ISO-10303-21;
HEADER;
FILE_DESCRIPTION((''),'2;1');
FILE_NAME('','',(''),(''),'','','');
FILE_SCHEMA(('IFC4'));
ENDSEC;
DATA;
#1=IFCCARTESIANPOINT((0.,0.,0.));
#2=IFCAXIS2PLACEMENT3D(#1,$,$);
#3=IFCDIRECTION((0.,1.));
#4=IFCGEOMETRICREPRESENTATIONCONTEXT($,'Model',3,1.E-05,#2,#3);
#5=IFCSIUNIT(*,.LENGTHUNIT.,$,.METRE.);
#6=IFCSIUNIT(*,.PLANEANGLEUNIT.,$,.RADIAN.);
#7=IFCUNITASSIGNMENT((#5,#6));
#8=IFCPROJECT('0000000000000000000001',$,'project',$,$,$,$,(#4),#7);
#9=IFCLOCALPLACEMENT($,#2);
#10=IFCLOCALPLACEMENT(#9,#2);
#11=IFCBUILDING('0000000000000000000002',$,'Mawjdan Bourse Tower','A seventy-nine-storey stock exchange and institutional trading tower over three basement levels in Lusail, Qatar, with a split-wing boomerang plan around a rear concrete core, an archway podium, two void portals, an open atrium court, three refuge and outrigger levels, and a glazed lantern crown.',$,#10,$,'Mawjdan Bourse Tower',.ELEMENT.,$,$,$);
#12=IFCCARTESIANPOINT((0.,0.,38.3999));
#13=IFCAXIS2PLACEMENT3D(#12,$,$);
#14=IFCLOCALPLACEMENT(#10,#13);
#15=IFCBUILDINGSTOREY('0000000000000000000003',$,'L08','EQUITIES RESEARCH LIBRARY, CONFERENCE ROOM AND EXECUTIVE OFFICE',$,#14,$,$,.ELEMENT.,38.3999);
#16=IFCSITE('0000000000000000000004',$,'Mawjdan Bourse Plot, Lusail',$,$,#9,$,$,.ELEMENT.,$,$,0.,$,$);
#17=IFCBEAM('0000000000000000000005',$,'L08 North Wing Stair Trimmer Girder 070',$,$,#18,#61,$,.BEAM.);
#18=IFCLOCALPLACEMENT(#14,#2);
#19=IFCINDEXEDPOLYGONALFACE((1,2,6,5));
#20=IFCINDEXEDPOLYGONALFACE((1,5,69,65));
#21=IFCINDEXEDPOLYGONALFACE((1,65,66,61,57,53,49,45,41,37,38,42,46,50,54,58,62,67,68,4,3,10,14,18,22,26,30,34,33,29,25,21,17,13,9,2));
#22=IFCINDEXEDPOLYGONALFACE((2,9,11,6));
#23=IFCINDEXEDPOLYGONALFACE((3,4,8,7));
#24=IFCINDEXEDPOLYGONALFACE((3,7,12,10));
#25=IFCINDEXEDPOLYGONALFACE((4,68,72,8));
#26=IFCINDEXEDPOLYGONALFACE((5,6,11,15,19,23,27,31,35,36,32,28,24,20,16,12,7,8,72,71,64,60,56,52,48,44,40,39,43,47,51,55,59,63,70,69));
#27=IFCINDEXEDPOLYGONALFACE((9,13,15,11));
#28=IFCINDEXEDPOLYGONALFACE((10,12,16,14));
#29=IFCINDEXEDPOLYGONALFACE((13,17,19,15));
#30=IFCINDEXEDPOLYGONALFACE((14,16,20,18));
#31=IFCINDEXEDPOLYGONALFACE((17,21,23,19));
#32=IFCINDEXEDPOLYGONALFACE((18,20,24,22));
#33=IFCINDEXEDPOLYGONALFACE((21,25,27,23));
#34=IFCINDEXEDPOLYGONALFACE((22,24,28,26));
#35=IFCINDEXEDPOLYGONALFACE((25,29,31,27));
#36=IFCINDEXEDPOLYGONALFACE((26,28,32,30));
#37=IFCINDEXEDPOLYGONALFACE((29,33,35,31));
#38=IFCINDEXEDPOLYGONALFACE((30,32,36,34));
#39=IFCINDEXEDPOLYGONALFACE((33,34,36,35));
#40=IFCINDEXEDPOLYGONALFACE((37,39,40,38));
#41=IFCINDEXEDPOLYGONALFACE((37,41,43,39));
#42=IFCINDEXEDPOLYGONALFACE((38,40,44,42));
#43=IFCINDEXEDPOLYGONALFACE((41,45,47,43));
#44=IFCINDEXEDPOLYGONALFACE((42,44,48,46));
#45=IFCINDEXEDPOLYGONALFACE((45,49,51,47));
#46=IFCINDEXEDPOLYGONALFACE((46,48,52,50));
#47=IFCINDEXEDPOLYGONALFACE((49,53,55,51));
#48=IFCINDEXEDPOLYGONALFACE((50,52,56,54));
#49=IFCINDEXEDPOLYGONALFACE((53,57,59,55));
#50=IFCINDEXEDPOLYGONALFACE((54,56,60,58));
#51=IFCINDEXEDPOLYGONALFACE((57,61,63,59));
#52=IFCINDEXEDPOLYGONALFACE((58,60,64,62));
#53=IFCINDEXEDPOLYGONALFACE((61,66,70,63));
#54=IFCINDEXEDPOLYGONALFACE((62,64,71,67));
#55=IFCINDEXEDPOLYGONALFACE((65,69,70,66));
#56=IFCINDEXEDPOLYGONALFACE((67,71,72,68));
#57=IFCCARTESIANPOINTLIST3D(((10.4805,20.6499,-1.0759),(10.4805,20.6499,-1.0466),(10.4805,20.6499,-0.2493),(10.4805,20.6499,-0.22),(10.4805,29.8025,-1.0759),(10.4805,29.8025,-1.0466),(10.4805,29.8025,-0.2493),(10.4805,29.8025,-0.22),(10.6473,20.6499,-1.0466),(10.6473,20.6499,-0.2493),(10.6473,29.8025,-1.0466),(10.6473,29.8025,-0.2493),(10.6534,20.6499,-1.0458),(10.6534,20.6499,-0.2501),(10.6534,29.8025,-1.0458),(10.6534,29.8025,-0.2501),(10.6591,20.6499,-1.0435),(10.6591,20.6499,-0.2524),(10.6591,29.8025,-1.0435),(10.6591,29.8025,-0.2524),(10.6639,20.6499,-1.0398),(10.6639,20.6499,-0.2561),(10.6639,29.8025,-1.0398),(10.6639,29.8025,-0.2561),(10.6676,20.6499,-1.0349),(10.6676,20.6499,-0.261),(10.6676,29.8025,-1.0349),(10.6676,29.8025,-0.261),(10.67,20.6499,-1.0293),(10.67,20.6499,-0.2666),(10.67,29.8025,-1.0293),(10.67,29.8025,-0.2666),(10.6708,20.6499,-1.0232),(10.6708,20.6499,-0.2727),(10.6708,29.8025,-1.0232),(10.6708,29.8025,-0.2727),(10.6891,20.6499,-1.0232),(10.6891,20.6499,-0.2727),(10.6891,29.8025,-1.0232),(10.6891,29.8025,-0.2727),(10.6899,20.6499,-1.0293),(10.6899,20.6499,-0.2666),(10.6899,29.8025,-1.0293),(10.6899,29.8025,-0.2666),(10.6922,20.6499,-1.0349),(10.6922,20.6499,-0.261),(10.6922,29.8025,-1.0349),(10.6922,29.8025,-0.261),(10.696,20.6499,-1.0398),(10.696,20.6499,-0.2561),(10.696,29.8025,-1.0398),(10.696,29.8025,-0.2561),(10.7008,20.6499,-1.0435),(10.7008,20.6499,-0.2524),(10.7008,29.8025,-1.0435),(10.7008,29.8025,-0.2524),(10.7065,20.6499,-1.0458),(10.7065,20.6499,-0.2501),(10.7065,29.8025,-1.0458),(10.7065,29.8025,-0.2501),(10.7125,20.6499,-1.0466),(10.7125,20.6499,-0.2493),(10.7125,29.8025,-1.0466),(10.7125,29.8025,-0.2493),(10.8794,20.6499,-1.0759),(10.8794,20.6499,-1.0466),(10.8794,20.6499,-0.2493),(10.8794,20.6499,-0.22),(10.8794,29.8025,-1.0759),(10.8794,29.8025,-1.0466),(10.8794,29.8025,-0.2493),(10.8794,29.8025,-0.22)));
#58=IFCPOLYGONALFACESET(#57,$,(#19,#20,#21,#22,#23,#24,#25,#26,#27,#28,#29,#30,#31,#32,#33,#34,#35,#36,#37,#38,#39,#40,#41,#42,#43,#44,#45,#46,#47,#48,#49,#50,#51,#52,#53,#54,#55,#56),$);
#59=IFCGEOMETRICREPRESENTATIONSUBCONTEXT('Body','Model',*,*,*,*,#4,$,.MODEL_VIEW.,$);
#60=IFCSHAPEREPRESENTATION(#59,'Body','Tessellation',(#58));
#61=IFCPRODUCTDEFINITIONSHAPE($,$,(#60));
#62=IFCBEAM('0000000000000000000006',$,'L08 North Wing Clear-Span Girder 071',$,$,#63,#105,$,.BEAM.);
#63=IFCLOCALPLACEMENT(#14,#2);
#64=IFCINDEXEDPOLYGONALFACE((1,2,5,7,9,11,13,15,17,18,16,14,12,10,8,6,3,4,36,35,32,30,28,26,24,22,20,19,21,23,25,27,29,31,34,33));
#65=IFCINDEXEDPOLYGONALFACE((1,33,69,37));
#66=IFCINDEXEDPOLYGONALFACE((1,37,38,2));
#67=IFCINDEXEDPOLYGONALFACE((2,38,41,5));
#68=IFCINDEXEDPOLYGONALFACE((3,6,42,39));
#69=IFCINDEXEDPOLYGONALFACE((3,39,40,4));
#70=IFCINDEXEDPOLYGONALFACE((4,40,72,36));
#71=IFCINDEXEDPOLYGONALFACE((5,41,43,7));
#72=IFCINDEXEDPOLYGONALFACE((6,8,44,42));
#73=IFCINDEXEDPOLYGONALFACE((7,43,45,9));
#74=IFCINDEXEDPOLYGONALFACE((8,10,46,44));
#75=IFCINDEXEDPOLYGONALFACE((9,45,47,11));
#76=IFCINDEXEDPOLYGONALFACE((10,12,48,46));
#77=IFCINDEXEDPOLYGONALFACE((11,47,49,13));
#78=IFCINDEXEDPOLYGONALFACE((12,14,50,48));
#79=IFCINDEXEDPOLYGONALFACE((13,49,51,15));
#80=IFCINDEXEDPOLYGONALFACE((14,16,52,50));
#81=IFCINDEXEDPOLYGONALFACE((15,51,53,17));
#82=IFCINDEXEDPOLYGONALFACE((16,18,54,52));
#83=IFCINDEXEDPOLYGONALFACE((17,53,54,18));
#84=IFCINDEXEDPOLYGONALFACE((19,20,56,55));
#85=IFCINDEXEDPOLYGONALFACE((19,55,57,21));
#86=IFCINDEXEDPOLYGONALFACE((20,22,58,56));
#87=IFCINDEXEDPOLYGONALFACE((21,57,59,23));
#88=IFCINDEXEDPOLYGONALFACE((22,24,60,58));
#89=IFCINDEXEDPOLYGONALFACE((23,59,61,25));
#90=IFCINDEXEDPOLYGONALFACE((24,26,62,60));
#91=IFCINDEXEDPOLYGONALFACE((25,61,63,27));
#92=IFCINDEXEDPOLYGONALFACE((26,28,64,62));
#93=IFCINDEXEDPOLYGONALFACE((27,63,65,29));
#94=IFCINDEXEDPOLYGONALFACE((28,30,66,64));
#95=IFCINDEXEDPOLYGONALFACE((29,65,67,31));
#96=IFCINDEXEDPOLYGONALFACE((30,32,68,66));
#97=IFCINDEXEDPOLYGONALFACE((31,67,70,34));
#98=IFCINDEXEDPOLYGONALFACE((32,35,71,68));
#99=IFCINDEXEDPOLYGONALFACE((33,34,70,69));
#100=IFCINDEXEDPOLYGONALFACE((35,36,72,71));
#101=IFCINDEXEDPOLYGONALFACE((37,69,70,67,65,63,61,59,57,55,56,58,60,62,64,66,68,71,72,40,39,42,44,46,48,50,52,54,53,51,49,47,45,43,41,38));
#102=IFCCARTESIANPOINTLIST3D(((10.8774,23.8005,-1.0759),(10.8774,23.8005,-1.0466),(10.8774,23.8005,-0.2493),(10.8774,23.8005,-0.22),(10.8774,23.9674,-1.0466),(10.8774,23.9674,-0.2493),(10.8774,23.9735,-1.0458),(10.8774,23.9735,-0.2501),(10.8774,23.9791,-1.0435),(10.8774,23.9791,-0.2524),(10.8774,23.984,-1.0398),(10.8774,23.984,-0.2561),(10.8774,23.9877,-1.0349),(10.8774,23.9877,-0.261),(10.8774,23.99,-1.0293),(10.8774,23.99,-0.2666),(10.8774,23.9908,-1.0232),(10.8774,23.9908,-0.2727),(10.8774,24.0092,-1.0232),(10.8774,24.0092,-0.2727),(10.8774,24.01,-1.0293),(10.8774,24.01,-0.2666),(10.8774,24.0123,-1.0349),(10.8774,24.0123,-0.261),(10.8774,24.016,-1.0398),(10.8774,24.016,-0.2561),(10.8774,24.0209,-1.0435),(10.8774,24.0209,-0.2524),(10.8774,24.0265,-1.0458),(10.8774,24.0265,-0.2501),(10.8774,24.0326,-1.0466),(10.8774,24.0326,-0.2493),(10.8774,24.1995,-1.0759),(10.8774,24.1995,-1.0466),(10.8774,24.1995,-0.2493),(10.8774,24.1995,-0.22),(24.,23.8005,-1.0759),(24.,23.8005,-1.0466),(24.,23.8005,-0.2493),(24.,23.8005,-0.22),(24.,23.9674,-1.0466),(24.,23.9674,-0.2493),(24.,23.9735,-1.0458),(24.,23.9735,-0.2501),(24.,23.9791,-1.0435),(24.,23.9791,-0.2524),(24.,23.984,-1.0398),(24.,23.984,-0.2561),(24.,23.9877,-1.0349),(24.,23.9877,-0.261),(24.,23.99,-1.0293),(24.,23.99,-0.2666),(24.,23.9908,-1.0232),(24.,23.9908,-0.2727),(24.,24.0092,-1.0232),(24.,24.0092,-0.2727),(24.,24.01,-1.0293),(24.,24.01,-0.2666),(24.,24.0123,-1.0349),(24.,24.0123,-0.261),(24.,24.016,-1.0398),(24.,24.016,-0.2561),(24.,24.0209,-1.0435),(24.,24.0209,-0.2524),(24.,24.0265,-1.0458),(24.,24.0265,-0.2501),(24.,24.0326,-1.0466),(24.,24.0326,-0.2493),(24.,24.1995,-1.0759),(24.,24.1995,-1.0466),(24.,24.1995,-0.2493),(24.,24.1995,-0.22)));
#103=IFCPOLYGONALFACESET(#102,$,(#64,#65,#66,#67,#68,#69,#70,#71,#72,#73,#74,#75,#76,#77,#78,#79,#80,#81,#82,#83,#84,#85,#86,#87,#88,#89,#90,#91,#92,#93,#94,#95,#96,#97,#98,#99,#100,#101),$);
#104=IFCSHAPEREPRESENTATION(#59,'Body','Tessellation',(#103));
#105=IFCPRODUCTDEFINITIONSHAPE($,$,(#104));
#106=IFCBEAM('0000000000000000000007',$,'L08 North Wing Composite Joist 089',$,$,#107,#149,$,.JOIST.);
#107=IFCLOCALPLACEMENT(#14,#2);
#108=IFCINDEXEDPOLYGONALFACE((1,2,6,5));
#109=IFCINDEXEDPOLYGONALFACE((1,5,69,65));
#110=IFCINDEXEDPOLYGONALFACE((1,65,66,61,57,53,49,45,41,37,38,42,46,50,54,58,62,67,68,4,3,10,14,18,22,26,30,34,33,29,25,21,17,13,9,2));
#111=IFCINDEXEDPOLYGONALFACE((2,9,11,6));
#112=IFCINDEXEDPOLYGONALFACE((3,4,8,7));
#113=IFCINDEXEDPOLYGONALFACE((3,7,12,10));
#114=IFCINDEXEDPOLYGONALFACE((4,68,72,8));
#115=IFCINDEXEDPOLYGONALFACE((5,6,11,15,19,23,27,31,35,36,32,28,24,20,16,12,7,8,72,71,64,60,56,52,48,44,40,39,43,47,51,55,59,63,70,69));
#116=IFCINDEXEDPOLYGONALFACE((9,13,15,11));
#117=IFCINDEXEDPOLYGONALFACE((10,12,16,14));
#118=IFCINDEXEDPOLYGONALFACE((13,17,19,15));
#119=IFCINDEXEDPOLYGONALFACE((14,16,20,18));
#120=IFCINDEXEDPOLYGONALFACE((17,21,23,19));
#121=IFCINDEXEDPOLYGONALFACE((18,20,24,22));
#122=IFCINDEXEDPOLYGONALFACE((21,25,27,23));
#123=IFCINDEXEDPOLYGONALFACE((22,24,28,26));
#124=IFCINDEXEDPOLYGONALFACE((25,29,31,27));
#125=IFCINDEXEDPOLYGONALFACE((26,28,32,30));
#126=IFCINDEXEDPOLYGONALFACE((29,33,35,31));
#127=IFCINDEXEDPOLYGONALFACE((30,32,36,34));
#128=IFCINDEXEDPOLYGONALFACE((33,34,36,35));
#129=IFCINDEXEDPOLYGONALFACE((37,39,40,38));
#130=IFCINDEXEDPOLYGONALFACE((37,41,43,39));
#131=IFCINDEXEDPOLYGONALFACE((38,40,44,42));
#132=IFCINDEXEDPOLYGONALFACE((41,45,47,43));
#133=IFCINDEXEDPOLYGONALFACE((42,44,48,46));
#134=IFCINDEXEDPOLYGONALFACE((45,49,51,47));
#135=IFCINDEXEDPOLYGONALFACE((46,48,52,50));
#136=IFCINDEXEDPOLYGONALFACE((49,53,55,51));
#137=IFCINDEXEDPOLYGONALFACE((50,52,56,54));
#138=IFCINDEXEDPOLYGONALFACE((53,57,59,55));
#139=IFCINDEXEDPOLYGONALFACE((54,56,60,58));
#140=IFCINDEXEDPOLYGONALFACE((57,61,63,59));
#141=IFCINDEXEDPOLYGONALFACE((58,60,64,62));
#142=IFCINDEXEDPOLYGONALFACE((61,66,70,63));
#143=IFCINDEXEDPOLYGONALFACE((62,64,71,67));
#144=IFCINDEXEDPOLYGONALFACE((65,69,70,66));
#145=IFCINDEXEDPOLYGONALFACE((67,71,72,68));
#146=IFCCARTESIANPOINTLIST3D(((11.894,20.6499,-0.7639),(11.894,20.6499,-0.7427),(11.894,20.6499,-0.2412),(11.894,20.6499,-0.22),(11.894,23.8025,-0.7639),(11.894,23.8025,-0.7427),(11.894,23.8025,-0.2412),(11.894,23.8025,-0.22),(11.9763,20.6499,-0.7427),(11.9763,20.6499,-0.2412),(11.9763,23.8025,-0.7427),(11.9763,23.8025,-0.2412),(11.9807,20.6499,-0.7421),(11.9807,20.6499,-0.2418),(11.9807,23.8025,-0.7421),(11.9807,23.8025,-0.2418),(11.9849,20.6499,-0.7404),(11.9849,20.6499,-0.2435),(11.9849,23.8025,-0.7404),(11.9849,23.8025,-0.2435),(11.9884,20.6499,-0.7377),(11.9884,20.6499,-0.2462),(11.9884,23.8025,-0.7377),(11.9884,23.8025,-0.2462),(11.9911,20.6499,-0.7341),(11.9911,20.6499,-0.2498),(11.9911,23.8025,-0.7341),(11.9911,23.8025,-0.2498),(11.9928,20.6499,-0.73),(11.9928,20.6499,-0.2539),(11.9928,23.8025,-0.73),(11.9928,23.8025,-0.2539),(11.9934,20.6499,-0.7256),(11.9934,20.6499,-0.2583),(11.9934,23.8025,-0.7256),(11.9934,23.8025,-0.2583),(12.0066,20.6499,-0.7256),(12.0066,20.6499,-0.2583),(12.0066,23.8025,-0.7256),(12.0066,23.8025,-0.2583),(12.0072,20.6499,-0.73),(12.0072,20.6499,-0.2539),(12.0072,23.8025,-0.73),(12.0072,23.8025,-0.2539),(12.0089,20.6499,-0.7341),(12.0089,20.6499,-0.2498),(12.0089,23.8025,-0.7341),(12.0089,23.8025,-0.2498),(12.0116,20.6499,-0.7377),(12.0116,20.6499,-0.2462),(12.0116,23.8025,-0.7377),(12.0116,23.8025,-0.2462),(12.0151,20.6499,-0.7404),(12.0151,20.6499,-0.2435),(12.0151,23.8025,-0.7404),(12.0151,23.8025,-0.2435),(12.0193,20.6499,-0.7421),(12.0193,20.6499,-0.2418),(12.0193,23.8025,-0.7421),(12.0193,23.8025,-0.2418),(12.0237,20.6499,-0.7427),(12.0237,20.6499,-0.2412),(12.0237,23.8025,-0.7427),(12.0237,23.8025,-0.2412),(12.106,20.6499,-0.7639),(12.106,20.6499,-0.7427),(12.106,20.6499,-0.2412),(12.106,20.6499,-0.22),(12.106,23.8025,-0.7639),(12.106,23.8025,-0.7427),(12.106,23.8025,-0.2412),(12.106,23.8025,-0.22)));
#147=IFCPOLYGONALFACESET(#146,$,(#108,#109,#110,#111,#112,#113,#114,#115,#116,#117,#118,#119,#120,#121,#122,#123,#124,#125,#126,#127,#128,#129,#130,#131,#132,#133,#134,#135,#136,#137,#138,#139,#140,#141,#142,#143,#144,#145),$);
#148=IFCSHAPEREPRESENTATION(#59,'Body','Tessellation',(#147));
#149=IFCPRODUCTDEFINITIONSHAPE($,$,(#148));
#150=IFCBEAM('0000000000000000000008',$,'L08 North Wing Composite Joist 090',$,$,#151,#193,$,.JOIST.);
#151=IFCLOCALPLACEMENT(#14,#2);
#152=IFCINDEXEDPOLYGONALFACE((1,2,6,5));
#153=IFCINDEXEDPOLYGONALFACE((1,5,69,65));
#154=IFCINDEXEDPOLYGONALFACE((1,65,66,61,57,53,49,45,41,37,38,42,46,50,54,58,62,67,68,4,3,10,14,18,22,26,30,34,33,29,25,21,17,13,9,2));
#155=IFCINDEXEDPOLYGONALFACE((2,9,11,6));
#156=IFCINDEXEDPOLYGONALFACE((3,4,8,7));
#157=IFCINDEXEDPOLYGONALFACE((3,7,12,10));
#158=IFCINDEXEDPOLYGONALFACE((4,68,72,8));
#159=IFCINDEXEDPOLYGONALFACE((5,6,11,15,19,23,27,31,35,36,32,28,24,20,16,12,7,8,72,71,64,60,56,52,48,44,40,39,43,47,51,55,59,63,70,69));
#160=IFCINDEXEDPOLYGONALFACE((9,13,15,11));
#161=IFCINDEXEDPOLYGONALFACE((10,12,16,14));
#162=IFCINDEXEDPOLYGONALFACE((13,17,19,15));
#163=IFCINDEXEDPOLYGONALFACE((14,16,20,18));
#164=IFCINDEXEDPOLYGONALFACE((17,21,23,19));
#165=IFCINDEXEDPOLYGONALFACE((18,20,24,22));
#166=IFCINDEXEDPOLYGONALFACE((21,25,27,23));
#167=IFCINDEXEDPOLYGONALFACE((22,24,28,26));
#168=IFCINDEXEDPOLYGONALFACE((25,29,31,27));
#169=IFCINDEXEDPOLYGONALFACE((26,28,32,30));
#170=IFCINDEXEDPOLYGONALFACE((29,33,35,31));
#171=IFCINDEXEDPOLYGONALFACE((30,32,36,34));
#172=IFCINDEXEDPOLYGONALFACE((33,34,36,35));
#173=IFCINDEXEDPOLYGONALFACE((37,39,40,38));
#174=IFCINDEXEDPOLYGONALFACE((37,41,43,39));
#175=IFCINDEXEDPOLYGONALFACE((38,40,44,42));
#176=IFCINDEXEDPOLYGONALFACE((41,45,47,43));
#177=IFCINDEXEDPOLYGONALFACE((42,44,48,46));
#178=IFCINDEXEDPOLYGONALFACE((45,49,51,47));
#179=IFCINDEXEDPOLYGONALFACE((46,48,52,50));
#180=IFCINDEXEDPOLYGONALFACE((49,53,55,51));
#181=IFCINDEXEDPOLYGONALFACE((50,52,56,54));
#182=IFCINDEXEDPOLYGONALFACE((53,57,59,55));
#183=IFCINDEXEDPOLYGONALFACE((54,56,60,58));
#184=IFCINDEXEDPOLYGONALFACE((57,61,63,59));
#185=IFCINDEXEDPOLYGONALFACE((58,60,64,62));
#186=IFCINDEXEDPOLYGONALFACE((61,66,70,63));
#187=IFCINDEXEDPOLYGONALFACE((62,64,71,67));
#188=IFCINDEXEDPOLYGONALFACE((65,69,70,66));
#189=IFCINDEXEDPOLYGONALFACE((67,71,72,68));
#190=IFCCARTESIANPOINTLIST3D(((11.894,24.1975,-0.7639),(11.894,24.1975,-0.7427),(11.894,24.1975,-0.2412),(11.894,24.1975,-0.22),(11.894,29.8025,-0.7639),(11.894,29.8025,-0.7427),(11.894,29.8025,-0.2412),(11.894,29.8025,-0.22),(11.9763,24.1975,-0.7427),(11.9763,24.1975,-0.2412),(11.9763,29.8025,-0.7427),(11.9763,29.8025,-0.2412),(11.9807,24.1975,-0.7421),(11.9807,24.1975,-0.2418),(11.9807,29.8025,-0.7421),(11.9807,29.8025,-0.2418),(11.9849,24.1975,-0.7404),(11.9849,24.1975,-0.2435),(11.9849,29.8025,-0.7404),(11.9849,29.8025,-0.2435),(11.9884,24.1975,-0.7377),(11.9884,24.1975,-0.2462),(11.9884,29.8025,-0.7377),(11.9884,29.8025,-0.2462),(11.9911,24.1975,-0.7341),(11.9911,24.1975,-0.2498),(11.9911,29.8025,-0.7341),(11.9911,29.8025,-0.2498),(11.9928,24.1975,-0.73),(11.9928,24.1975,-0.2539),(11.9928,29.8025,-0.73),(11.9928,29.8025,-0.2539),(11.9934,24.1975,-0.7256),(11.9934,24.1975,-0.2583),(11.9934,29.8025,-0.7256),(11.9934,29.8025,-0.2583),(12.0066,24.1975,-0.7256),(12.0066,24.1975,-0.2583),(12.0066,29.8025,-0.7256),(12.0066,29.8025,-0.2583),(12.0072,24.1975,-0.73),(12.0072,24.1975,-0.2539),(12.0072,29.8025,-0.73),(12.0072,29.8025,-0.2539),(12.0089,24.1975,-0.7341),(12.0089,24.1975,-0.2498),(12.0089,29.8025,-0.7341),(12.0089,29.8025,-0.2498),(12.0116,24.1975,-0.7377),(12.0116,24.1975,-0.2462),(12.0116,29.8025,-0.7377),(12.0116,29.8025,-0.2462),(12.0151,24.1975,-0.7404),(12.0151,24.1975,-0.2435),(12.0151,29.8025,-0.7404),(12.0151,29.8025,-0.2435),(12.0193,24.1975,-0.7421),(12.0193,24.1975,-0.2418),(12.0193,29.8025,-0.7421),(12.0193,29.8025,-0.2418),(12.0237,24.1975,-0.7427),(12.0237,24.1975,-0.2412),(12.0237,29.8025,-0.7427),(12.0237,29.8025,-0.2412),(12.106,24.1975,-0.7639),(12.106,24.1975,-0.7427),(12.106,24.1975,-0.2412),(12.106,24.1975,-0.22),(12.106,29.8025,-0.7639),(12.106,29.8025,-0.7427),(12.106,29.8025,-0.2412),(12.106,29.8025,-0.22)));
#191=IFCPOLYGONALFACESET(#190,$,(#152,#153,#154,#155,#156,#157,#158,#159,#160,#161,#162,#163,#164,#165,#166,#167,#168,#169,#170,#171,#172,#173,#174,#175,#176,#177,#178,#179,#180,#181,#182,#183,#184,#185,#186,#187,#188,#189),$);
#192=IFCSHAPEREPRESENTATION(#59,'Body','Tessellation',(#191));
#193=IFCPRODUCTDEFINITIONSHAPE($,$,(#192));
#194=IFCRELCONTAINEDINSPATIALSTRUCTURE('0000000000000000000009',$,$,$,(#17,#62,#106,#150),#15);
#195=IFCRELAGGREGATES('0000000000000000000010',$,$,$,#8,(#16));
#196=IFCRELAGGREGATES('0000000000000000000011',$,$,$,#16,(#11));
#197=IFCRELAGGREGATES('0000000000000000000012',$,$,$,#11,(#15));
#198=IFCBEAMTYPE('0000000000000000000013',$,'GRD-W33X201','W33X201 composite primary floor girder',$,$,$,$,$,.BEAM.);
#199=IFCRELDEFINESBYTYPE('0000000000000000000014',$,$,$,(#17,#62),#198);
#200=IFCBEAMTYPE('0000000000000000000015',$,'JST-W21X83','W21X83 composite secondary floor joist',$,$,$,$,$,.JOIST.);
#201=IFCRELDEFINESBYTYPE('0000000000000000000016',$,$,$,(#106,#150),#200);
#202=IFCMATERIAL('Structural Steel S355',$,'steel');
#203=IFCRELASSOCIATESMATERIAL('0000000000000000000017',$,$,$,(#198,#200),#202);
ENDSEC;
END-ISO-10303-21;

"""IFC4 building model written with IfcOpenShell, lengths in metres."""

from ifc_helpers import new_model, si_unit, direction, frame, origin, origin_2d, place, context, subcontext, project, spatial, i_section, extrude, material, material_profile, profile_set, type_object, element, save


model = new_model("IFC4")

# Units and contexts
model_context = context("Model", 3, precision=1e-05, world=origin(), true_north=direction((0.0, 1.0)))
body_context = subcontext(model_context, "Body", "Model", "MODEL_VIEW")
ifc_project = project(units=[si_unit("LENGTHUNIT", "METRE"), si_unit("PLANEANGLEUNIT", "RADIAN")], contexts=[model_context])

# Site, building, storey
site_placement = place(None, origin())
site = spatial("IfcSite", under=ifc_project, at=site_placement, Name="Mawjdan Bourse Plot, Lusail", CompositionType="ELEMENT", RefElevation=0.0)
building_placement = place(site_placement, origin())
building = spatial("IfcBuilding", under=site, at=building_placement, Name="Mawjdan Bourse Tower", Description="A seventy-nine-storey stock exchange and institutional trading tower over three basement levels in Lusail, Qatar, with a split-wing boomerang plan around a rear concrete core, an archway podium, two void portals, an open atrium court, three refuge and outrigger levels, and a glazed lantern crown.", LongName="Mawjdan Bourse Tower", CompositionType="ELEMENT")
storey_placement = place(building_placement, frame((0.0, 0.0, 38.3999)))
storey = spatial("IfcBuildingStorey", under=building, at=storey_placement, Name="L08", Description="EQUITIES RESEARCH LIBRARY, CONFERENCE ROOM AND EXECUTIVE OFFICE", CompositionType="ELEMENT", Elevation=38.3999)

# Beams
ifc_material_1 = material(Name="Structural Steel S355", Category="steel")
ifc_material_profile_1 = material_profile(ifc_material_1, i_section(OverallWidth=0.3989, OverallDepth=0.856, WebThickness=0.0183, FlangeThickness=0.0293, FilletRadius=0.0234, at=origin_2d()), Name="W33X201")
ifc_profile_set_1 = profile_set([ifc_material_profile_1], Name="Structural Steel S355")
beam_type_1 = type_object("IfcBeamType", Name="GRD-W33X201", Description="W33X201 composite primary floor girder", PredefinedType="BEAM", material=ifc_profile_set_1)
beam_1_placement = place(storey_placement, frame((10.6799, 20.6499, -0.6479), z_axis=(0.0, 1.0, 0.0), x_axis=(-1.0, 0.0, 0.0)))
element("IfcBeam", 1, at=beam_1_placement, inside=storey, type_object=beam_type_1, Name="L08 North Wing Stair Trimmer Girder 070", PredefinedType="BEAM", context=body_context, shape_type="SweptSolid", body=[
    extrude(i_section(OverallWidth=0.3989, OverallDepth=0.856, WebThickness=0.0183, FlangeThickness=0.0293, FilletRadius=0.0234, at=origin_2d()), origin(), (0.0, 0.0, 1.0), 9.1526),
])
beam_2_placement = place(storey_placement, frame((10.8774, 24.0, -0.6479), z_axis=(1.0, 0.0, 0.0), x_axis=(0.0, 1.0, 0.0)))
element("IfcBeam", 2, at=beam_2_placement, inside=storey, type_object=beam_type_1, Name="L08 North Wing Clear-Span Girder 071", PredefinedType="BEAM", context=body_context, shape_type="SweptSolid", body=[
    extrude(i_section(OverallWidth=0.3989, OverallDepth=0.856, WebThickness=0.0183, FlangeThickness=0.0293, FilletRadius=0.0234, at=origin_2d()), origin(), (0.0, 0.0, 1.0), 13.1226),
])
ifc_material_profile_2 = material_profile(ifc_material_1, i_section(OverallWidth=0.2119, OverallDepth=0.5439, WebThickness=0.0132, FlangeThickness=0.0212, FilletRadius=0.0171, at=origin_2d()), Name="W21X83")
ifc_profile_set_2 = profile_set([ifc_material_profile_2], Name="Structural Steel S355")
beam_type_2 = type_object("IfcBeamType", Name="JST-W21X83", Description="W21X83 composite secondary floor joist", PredefinedType="JOIST", material=ifc_profile_set_2)
beam_3_placement = place(storey_placement, frame((12.0, 20.6499, -0.4919), z_axis=(0.0, 1.0, 0.0), x_axis=(-1.0, 0.0, 0.0)))
element("IfcBeam", 3, at=beam_3_placement, inside=storey, type_object=beam_type_2, Name="L08 North Wing Composite Joist 089", PredefinedType="JOIST", context=body_context, shape_type="SweptSolid", body=[
    extrude(i_section(OverallWidth=0.2119, OverallDepth=0.5439, WebThickness=0.0132, FlangeThickness=0.0212, FilletRadius=0.0171, at=origin_2d()), origin(), (0.0, 0.0, 1.0), 3.1526),
])
beam_4_placement = place(storey_placement, frame((12.0, 24.1975, -0.4919), z_axis=(0.0, 1.0, 0.0), x_axis=(-1.0, 0.0, 0.0)))
element("IfcBeam", 4, at=beam_4_placement, inside=storey, type_object=beam_type_2, Name="L08 North Wing Composite Joist 090", PredefinedType="JOIST", context=body_context, shape_type="SweptSolid", body=[
    extrude(i_section(OverallWidth=0.2119, OverallDepth=0.5439, WebThickness=0.0132, FlangeThickness=0.0212, FilletRadius=0.0171, at=origin_2d()), origin(), (0.0, 0.0, 1.0), 5.605),
])

save(model, "model.ifc")
